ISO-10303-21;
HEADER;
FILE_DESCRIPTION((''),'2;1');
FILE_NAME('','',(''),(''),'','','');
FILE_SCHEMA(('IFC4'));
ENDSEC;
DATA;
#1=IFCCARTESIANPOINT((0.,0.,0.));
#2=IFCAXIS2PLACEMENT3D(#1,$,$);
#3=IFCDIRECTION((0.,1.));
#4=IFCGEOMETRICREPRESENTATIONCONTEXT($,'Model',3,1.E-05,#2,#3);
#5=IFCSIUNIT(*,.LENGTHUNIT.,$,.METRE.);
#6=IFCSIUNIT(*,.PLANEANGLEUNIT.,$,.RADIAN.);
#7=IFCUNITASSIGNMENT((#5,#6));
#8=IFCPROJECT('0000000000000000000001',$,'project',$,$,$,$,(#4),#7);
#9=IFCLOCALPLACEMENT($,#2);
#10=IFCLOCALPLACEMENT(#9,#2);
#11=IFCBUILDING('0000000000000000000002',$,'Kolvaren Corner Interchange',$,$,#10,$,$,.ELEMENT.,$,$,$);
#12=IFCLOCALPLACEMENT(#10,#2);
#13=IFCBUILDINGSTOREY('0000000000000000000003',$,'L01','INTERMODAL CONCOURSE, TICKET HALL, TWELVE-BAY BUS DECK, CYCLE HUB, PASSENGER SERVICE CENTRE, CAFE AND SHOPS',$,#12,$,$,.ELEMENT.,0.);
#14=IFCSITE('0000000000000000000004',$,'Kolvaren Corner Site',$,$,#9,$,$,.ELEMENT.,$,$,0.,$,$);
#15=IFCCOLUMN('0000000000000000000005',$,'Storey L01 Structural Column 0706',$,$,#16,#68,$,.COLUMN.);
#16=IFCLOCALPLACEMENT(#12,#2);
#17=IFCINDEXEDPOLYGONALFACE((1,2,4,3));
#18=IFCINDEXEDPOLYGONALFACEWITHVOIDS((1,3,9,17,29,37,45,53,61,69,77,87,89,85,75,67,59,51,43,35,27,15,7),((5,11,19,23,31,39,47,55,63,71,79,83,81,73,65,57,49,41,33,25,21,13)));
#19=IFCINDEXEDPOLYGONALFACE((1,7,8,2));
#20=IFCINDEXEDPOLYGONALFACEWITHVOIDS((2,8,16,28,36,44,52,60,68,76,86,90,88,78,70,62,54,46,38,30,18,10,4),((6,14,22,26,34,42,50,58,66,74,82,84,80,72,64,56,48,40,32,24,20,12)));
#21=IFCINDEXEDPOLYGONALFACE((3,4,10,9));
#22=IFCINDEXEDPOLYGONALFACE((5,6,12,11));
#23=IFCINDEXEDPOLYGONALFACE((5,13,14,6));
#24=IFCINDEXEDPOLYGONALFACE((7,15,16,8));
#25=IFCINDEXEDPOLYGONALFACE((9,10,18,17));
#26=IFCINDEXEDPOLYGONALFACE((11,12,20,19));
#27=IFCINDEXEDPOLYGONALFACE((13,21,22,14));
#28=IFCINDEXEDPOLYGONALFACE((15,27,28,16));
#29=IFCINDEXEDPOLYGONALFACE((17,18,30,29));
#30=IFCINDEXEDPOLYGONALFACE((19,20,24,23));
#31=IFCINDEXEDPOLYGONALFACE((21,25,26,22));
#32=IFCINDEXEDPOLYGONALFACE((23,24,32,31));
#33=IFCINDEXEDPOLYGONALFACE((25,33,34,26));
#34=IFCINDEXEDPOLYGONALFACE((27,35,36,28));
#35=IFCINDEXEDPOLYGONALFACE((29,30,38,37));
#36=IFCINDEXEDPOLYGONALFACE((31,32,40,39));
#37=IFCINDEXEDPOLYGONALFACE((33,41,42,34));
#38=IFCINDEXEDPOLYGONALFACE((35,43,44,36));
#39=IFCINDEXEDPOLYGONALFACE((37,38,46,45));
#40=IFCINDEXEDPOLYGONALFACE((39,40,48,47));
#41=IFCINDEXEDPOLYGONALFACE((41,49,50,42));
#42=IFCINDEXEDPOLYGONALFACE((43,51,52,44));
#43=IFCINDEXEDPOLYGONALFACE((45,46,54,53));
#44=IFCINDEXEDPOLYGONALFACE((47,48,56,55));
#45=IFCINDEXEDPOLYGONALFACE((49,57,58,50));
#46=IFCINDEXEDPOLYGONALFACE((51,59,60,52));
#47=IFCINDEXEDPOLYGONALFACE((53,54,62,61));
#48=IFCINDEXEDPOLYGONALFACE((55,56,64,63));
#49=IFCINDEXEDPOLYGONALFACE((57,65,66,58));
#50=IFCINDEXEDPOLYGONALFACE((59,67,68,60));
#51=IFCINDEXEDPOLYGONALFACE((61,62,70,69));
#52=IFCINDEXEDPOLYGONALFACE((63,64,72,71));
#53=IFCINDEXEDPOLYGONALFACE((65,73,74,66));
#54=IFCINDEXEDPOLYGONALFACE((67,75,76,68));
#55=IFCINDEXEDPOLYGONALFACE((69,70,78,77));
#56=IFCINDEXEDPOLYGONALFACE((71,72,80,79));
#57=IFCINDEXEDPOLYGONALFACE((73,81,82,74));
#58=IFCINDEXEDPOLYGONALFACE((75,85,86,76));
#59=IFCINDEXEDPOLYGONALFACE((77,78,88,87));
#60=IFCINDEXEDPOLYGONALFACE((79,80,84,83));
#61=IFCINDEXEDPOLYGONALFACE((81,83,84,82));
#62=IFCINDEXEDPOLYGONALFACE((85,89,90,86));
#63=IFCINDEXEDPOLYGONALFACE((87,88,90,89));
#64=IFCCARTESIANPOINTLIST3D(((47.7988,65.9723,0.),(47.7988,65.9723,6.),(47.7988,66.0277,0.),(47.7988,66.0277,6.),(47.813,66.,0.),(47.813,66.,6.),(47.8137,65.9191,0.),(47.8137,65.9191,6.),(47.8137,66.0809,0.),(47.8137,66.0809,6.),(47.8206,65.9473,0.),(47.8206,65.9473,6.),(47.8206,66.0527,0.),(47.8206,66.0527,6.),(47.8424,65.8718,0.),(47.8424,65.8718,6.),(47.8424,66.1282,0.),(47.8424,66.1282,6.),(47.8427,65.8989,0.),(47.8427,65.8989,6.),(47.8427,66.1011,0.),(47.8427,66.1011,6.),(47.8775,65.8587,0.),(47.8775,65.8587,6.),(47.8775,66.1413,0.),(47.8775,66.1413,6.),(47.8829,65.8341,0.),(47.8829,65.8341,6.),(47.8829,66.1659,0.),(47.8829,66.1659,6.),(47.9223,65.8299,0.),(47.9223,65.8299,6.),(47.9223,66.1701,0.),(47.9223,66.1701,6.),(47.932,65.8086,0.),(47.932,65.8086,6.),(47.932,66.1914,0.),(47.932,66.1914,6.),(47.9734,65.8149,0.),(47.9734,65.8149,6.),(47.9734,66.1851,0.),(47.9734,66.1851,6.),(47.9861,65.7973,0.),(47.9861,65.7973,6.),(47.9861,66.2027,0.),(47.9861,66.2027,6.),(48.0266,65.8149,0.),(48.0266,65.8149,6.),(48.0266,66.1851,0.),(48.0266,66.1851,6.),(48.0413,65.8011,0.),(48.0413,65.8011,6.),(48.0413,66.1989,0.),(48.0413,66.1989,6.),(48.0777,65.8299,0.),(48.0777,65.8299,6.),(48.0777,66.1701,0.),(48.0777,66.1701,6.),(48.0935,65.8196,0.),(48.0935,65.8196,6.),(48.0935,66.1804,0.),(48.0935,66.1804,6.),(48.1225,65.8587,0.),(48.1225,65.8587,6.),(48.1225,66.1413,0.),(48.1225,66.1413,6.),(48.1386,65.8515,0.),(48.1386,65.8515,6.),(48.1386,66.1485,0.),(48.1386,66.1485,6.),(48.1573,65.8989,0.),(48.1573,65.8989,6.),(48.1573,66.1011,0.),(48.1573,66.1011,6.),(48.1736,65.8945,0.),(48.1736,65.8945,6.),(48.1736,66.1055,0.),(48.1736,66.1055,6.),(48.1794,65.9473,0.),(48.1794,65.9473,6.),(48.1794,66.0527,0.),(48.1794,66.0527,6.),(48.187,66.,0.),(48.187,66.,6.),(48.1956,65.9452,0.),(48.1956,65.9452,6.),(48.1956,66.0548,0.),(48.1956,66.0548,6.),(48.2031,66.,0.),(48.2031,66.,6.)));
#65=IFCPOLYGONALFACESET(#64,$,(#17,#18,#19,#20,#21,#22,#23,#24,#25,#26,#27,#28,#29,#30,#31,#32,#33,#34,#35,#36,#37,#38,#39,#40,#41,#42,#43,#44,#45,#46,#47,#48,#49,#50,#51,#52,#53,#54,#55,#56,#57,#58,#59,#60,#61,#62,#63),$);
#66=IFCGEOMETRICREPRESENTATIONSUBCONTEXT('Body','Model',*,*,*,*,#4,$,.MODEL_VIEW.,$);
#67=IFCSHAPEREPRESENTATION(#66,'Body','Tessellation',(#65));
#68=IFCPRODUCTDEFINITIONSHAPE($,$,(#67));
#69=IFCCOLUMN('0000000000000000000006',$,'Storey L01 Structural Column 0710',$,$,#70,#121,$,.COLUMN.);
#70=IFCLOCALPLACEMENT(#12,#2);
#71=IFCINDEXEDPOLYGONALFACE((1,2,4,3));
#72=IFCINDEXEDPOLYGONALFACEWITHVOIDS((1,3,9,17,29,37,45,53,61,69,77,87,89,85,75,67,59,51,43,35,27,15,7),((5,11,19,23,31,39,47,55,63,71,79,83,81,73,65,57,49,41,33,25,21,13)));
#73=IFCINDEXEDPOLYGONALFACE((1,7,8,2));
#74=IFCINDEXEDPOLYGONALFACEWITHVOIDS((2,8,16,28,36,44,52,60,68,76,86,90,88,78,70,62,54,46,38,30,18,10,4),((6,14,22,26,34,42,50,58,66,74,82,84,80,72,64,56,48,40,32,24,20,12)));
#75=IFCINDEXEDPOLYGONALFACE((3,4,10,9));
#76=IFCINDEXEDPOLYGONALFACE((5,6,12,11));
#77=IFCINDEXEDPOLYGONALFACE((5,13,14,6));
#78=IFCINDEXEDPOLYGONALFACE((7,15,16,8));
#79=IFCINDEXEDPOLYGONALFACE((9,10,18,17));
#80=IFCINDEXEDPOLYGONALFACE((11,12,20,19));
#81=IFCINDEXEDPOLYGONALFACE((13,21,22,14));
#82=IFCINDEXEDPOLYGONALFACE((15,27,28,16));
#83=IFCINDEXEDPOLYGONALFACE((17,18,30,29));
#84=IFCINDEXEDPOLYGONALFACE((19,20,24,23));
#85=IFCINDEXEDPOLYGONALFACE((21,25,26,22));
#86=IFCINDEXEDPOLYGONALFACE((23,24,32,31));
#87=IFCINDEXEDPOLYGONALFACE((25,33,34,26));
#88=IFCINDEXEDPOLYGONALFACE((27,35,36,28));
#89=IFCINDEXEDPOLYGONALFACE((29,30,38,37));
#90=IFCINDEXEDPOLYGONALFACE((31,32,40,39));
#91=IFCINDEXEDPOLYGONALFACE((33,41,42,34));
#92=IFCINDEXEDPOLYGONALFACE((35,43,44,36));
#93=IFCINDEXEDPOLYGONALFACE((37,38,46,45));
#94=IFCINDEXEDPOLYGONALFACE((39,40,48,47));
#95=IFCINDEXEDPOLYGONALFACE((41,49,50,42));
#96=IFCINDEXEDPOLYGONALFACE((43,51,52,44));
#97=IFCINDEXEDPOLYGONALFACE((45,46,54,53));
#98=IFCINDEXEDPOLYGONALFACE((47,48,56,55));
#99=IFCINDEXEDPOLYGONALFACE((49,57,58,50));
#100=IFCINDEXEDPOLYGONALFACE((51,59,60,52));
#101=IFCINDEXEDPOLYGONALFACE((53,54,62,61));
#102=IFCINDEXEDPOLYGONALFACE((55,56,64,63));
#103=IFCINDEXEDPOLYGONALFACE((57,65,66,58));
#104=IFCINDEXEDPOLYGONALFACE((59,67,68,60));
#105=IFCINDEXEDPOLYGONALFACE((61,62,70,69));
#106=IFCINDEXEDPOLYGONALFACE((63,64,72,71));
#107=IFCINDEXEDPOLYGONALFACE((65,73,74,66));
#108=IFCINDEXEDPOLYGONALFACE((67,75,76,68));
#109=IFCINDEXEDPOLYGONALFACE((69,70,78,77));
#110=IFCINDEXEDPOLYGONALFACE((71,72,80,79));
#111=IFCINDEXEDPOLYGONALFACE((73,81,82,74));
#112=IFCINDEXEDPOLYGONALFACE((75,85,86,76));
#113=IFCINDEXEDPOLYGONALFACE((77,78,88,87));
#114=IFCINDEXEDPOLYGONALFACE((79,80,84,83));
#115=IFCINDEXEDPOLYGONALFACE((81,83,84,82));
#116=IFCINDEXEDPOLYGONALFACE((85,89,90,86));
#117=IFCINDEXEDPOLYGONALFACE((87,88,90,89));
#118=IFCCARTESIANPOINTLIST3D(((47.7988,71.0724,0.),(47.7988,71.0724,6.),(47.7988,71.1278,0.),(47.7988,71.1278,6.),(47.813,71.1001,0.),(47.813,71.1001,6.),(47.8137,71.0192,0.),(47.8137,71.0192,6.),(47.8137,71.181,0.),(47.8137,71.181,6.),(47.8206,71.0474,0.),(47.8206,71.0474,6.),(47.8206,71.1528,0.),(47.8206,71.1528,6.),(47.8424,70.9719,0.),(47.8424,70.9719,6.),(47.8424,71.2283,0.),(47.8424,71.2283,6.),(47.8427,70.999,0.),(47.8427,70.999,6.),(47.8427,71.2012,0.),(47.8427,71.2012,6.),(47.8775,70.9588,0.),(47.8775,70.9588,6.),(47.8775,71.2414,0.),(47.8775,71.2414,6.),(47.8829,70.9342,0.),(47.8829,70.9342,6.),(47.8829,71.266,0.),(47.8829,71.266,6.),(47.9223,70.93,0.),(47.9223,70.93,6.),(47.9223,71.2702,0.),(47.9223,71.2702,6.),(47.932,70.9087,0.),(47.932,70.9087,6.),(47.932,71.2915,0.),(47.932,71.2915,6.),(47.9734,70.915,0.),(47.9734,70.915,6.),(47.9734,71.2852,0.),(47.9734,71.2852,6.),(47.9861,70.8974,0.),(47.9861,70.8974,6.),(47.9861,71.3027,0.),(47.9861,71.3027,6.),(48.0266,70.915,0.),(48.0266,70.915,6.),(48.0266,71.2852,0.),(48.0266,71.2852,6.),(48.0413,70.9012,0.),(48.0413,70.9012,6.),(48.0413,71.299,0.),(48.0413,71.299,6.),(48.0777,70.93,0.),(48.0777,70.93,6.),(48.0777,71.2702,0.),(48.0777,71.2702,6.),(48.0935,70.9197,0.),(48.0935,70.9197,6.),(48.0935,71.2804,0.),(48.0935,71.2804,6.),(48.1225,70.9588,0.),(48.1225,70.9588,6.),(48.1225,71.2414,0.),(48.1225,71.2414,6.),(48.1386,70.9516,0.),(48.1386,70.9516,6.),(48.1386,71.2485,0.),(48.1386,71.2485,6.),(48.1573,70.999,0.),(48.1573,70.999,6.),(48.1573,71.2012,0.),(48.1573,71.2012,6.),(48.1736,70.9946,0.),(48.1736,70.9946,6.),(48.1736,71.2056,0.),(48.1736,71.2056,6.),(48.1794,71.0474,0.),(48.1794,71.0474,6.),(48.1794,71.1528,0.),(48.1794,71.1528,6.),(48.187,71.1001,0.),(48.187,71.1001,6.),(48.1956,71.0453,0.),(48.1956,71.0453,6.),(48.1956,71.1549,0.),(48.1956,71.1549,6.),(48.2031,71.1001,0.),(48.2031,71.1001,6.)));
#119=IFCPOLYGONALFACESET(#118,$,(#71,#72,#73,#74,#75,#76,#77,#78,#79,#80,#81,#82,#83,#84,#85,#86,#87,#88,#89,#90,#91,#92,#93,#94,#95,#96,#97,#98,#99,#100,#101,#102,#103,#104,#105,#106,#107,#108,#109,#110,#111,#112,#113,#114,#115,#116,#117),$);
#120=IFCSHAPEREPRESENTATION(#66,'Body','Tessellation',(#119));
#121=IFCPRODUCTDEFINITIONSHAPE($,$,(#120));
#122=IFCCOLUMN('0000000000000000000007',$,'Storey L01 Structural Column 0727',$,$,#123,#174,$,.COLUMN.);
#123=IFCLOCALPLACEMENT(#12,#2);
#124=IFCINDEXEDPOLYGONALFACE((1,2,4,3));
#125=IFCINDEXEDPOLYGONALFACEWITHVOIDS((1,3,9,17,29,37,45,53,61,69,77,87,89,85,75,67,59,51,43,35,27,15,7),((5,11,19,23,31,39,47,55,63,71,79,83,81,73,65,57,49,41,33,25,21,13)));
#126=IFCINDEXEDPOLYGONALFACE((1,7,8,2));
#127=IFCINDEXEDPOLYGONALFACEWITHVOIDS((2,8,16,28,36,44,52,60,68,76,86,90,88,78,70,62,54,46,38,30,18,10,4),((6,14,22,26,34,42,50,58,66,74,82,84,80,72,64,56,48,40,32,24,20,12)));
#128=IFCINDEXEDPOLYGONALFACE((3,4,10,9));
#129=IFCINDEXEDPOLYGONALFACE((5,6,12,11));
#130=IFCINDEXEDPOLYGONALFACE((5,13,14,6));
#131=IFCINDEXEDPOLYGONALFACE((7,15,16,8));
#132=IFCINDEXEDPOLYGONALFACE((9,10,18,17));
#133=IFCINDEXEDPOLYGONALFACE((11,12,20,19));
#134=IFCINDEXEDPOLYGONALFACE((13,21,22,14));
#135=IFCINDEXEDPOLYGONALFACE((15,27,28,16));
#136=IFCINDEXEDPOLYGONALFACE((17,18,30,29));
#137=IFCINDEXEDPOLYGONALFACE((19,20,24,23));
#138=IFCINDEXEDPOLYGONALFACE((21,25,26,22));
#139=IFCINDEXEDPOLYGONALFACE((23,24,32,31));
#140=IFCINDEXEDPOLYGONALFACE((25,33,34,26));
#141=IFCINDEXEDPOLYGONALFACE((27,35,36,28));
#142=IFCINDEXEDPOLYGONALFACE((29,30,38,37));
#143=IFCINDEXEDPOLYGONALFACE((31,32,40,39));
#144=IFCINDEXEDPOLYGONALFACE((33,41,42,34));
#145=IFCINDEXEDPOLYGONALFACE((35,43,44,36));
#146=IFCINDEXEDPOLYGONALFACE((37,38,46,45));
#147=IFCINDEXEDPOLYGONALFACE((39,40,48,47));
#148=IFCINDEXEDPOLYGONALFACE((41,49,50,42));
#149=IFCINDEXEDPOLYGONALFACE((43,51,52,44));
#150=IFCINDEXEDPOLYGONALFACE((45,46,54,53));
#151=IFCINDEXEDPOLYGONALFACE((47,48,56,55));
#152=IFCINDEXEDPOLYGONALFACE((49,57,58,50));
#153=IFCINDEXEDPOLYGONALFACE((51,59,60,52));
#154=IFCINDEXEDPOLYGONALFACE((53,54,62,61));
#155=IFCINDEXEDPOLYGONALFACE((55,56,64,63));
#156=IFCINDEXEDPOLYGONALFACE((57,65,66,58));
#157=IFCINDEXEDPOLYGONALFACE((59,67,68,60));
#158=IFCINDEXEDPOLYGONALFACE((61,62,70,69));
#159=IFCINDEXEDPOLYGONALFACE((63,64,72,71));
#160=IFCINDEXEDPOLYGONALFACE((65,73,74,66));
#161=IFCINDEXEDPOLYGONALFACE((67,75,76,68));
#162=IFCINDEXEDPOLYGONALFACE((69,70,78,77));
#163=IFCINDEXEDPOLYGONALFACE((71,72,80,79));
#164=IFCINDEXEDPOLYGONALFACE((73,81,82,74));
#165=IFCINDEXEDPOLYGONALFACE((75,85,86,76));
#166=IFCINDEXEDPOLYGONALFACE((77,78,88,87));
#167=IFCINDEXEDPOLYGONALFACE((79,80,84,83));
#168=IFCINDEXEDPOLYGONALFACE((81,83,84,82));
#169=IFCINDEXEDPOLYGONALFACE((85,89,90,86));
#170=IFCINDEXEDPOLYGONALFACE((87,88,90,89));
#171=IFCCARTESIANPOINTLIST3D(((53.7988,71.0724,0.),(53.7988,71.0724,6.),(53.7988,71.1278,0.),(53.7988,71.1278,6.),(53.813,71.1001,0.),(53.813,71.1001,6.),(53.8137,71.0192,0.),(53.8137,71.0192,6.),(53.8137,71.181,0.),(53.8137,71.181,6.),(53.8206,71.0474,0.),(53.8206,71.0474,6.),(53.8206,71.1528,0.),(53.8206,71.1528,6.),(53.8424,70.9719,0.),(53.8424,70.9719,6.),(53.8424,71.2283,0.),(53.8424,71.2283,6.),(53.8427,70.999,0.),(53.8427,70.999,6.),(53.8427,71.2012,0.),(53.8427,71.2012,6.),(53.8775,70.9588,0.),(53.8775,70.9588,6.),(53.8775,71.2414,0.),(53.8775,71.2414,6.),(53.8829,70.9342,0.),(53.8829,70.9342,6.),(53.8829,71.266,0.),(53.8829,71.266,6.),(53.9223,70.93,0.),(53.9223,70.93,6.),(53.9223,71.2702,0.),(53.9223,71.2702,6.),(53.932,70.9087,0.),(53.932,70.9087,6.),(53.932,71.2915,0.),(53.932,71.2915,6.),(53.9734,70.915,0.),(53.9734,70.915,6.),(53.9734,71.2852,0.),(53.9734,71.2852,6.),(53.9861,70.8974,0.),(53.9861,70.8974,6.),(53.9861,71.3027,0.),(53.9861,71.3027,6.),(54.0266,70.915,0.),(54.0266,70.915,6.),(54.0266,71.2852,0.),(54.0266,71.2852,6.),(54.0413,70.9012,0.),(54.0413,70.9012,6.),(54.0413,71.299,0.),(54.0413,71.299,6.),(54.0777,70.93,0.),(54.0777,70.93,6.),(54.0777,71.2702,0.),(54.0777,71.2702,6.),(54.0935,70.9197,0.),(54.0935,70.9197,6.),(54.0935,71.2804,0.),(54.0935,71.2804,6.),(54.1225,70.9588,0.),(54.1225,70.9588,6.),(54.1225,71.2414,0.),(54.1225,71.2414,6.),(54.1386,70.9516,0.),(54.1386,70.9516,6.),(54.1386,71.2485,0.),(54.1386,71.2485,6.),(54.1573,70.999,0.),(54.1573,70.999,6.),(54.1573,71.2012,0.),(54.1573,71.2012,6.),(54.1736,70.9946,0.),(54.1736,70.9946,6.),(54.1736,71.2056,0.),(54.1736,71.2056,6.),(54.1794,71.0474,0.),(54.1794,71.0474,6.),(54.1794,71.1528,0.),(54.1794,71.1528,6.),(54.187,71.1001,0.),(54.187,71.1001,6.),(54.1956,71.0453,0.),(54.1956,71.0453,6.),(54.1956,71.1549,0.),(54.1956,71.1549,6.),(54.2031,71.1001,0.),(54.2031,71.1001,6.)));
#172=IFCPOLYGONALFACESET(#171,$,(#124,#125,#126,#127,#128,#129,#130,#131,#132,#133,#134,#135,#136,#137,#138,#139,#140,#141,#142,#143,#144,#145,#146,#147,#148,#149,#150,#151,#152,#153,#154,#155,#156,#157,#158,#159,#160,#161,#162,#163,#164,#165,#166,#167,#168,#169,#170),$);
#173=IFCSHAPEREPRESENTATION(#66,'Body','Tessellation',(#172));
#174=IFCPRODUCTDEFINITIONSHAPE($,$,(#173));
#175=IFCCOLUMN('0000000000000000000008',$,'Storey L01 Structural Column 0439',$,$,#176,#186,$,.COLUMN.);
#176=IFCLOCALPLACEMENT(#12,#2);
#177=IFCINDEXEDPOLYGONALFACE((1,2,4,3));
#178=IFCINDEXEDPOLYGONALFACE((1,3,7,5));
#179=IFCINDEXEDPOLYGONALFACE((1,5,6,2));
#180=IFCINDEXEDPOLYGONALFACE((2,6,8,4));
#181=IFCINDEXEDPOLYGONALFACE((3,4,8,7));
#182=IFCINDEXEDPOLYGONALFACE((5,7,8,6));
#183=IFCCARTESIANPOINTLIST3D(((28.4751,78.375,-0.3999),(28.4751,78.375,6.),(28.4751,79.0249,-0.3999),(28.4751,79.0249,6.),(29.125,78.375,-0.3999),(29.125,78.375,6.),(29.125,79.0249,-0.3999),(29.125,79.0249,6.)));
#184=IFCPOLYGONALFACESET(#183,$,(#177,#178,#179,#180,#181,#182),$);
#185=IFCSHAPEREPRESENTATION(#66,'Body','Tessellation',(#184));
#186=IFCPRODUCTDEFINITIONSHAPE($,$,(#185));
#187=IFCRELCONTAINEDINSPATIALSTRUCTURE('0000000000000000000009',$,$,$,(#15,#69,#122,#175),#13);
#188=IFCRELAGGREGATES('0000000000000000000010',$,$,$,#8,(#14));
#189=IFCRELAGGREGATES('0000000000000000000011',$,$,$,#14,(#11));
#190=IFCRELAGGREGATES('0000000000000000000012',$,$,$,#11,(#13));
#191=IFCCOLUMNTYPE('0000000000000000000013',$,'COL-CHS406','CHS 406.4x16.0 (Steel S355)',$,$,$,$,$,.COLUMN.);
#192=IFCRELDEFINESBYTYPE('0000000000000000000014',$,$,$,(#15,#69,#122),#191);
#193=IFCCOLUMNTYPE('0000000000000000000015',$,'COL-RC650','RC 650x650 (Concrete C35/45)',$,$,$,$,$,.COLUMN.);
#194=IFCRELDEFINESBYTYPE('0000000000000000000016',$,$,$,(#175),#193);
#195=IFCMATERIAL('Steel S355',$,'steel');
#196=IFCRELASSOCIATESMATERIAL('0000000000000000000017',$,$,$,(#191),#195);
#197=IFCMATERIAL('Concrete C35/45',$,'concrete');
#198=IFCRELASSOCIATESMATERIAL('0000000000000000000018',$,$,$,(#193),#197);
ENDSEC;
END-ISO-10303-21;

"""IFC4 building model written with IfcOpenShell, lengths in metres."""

from ifc_helpers import new_model, si_unit, direction, frame, origin, origin_2d, place, context, subcontext, project, spatial, rectangle, hollow_circle, extrude, material, material_profile, profile_set, type_object, element, save


model = new_model("IFC4")

# Units and contexts
model_context = context("Model", 3, precision=1e-05, world=origin(), true_north=direction((0.0, 1.0)))
body_context = subcontext(model_context, "Body", "Model", "MODEL_VIEW")
ifc_project = project(units=[si_unit("LENGTHUNIT", "METRE"), si_unit("PLANEANGLEUNIT", "RADIAN")], contexts=[model_context])

# Site, building, storey
site_placement = place(None, origin())
site = spatial("IfcSite", under=ifc_project, at=site_placement, Name="Kolvaren Corner Site", CompositionType="ELEMENT", RefElevation=0.0)
building_placement = place(site_placement, origin())
building = spatial("IfcBuilding", under=site, at=building_placement, Name="Kolvaren Corner Interchange", CompositionType="ELEMENT")
storey_placement = place(building_placement, origin())
storey = spatial("IfcBuildingStorey", under=building, at=storey_placement, Name="L01", Description="INTERMODAL CONCOURSE, TICKET HALL, TWELVE-BAY BUS DECK, CYCLE HUB, PASSENGER SERVICE CENTRE, CAFE AND SHOPS", CompositionType="ELEMENT", Elevation=0.0)

# Columns
ifc_material_1 = material(Name="Steel S355", Category="steel")
ifc_material_profile_1 = material_profile(ifc_material_1, hollow_circle(Radius=0.2031, WallThickness=0.0161, at=origin_2d()), Name="CHS 406.4x16.0")
ifc_profile_set_1 = profile_set([ifc_material_profile_1], Name="Steel S355")
column_type_1 = type_object("IfcColumnType", Name="COL-CHS406", Description="CHS 406.4x16.0 (Steel S355)", PredefinedType="COLUMN", material=ifc_profile_set_1)
for number, where, z_axis, x_axis, name in (
    (1, (48.0, 66.0, 0.0), (0.0, 0.0, 1.0), (1.0, 0.0, 0.0), "Storey L01 Structural Column 0706"),
    (2, (48.0, 71.1001, 0.0), (0.0, 0.0, 1.0), (1.0, 0.0, 0.0), "Storey L01 Structural Column 0710"),
    (3, (54.0, 71.1001, 0.0), (0.0, 0.0, 1.0), (1.0, 0.0, 0.0), "Storey L01 Structural Column 0727"),
):
    element("IfcColumn", number, at=place(storey_placement, frame(where, z_axis=z_axis, x_axis=x_axis)), inside=storey, type_object=column_type_1, Name=name, PredefinedType="COLUMN", context=body_context, shape_type="SweptSolid", body=[
        extrude(hollow_circle(Radius=0.2031, WallThickness=0.0161, at=origin_2d()), origin(), (0.0, 0.0, 1.0), 6.0),
    ])
ifc_material_2 = material(Name="Concrete C35/45", Category="concrete")
ifc_material_profile_2 = material_profile(ifc_material_2, rectangle(XDim=0.6499, YDim=0.6499, at=origin_2d()), Name="RC 650x650")
ifc_profile_set_2 = profile_set([ifc_material_profile_2], Name="Concrete C35/45")
column_type_2 = type_object("IfcColumnType", Name="COL-RC650", Description="RC 650x650 (Concrete C35/45)", PredefinedType="COLUMN", material=ifc_profile_set_2)
column_placement = place(storey_placement, frame((28.8, 78.7, -0.3999), z_axis=(0.0, 0.0, 1.0), x_axis=(1.0, 0.0, 0.0)))
element("IfcColumn", 4, at=column_placement, inside=storey, type_object=column_type_2, Name="Storey L01 Structural Column 0439", PredefinedType="COLUMN", context=body_context, shape_type="SweptSolid", body=[
    extrude(rectangle(XDim=0.6499, YDim=0.6499, at=origin_2d()), origin(), (0.0, 0.0, 1.0), 6.3999),
])

save(model, "model.ifc")
